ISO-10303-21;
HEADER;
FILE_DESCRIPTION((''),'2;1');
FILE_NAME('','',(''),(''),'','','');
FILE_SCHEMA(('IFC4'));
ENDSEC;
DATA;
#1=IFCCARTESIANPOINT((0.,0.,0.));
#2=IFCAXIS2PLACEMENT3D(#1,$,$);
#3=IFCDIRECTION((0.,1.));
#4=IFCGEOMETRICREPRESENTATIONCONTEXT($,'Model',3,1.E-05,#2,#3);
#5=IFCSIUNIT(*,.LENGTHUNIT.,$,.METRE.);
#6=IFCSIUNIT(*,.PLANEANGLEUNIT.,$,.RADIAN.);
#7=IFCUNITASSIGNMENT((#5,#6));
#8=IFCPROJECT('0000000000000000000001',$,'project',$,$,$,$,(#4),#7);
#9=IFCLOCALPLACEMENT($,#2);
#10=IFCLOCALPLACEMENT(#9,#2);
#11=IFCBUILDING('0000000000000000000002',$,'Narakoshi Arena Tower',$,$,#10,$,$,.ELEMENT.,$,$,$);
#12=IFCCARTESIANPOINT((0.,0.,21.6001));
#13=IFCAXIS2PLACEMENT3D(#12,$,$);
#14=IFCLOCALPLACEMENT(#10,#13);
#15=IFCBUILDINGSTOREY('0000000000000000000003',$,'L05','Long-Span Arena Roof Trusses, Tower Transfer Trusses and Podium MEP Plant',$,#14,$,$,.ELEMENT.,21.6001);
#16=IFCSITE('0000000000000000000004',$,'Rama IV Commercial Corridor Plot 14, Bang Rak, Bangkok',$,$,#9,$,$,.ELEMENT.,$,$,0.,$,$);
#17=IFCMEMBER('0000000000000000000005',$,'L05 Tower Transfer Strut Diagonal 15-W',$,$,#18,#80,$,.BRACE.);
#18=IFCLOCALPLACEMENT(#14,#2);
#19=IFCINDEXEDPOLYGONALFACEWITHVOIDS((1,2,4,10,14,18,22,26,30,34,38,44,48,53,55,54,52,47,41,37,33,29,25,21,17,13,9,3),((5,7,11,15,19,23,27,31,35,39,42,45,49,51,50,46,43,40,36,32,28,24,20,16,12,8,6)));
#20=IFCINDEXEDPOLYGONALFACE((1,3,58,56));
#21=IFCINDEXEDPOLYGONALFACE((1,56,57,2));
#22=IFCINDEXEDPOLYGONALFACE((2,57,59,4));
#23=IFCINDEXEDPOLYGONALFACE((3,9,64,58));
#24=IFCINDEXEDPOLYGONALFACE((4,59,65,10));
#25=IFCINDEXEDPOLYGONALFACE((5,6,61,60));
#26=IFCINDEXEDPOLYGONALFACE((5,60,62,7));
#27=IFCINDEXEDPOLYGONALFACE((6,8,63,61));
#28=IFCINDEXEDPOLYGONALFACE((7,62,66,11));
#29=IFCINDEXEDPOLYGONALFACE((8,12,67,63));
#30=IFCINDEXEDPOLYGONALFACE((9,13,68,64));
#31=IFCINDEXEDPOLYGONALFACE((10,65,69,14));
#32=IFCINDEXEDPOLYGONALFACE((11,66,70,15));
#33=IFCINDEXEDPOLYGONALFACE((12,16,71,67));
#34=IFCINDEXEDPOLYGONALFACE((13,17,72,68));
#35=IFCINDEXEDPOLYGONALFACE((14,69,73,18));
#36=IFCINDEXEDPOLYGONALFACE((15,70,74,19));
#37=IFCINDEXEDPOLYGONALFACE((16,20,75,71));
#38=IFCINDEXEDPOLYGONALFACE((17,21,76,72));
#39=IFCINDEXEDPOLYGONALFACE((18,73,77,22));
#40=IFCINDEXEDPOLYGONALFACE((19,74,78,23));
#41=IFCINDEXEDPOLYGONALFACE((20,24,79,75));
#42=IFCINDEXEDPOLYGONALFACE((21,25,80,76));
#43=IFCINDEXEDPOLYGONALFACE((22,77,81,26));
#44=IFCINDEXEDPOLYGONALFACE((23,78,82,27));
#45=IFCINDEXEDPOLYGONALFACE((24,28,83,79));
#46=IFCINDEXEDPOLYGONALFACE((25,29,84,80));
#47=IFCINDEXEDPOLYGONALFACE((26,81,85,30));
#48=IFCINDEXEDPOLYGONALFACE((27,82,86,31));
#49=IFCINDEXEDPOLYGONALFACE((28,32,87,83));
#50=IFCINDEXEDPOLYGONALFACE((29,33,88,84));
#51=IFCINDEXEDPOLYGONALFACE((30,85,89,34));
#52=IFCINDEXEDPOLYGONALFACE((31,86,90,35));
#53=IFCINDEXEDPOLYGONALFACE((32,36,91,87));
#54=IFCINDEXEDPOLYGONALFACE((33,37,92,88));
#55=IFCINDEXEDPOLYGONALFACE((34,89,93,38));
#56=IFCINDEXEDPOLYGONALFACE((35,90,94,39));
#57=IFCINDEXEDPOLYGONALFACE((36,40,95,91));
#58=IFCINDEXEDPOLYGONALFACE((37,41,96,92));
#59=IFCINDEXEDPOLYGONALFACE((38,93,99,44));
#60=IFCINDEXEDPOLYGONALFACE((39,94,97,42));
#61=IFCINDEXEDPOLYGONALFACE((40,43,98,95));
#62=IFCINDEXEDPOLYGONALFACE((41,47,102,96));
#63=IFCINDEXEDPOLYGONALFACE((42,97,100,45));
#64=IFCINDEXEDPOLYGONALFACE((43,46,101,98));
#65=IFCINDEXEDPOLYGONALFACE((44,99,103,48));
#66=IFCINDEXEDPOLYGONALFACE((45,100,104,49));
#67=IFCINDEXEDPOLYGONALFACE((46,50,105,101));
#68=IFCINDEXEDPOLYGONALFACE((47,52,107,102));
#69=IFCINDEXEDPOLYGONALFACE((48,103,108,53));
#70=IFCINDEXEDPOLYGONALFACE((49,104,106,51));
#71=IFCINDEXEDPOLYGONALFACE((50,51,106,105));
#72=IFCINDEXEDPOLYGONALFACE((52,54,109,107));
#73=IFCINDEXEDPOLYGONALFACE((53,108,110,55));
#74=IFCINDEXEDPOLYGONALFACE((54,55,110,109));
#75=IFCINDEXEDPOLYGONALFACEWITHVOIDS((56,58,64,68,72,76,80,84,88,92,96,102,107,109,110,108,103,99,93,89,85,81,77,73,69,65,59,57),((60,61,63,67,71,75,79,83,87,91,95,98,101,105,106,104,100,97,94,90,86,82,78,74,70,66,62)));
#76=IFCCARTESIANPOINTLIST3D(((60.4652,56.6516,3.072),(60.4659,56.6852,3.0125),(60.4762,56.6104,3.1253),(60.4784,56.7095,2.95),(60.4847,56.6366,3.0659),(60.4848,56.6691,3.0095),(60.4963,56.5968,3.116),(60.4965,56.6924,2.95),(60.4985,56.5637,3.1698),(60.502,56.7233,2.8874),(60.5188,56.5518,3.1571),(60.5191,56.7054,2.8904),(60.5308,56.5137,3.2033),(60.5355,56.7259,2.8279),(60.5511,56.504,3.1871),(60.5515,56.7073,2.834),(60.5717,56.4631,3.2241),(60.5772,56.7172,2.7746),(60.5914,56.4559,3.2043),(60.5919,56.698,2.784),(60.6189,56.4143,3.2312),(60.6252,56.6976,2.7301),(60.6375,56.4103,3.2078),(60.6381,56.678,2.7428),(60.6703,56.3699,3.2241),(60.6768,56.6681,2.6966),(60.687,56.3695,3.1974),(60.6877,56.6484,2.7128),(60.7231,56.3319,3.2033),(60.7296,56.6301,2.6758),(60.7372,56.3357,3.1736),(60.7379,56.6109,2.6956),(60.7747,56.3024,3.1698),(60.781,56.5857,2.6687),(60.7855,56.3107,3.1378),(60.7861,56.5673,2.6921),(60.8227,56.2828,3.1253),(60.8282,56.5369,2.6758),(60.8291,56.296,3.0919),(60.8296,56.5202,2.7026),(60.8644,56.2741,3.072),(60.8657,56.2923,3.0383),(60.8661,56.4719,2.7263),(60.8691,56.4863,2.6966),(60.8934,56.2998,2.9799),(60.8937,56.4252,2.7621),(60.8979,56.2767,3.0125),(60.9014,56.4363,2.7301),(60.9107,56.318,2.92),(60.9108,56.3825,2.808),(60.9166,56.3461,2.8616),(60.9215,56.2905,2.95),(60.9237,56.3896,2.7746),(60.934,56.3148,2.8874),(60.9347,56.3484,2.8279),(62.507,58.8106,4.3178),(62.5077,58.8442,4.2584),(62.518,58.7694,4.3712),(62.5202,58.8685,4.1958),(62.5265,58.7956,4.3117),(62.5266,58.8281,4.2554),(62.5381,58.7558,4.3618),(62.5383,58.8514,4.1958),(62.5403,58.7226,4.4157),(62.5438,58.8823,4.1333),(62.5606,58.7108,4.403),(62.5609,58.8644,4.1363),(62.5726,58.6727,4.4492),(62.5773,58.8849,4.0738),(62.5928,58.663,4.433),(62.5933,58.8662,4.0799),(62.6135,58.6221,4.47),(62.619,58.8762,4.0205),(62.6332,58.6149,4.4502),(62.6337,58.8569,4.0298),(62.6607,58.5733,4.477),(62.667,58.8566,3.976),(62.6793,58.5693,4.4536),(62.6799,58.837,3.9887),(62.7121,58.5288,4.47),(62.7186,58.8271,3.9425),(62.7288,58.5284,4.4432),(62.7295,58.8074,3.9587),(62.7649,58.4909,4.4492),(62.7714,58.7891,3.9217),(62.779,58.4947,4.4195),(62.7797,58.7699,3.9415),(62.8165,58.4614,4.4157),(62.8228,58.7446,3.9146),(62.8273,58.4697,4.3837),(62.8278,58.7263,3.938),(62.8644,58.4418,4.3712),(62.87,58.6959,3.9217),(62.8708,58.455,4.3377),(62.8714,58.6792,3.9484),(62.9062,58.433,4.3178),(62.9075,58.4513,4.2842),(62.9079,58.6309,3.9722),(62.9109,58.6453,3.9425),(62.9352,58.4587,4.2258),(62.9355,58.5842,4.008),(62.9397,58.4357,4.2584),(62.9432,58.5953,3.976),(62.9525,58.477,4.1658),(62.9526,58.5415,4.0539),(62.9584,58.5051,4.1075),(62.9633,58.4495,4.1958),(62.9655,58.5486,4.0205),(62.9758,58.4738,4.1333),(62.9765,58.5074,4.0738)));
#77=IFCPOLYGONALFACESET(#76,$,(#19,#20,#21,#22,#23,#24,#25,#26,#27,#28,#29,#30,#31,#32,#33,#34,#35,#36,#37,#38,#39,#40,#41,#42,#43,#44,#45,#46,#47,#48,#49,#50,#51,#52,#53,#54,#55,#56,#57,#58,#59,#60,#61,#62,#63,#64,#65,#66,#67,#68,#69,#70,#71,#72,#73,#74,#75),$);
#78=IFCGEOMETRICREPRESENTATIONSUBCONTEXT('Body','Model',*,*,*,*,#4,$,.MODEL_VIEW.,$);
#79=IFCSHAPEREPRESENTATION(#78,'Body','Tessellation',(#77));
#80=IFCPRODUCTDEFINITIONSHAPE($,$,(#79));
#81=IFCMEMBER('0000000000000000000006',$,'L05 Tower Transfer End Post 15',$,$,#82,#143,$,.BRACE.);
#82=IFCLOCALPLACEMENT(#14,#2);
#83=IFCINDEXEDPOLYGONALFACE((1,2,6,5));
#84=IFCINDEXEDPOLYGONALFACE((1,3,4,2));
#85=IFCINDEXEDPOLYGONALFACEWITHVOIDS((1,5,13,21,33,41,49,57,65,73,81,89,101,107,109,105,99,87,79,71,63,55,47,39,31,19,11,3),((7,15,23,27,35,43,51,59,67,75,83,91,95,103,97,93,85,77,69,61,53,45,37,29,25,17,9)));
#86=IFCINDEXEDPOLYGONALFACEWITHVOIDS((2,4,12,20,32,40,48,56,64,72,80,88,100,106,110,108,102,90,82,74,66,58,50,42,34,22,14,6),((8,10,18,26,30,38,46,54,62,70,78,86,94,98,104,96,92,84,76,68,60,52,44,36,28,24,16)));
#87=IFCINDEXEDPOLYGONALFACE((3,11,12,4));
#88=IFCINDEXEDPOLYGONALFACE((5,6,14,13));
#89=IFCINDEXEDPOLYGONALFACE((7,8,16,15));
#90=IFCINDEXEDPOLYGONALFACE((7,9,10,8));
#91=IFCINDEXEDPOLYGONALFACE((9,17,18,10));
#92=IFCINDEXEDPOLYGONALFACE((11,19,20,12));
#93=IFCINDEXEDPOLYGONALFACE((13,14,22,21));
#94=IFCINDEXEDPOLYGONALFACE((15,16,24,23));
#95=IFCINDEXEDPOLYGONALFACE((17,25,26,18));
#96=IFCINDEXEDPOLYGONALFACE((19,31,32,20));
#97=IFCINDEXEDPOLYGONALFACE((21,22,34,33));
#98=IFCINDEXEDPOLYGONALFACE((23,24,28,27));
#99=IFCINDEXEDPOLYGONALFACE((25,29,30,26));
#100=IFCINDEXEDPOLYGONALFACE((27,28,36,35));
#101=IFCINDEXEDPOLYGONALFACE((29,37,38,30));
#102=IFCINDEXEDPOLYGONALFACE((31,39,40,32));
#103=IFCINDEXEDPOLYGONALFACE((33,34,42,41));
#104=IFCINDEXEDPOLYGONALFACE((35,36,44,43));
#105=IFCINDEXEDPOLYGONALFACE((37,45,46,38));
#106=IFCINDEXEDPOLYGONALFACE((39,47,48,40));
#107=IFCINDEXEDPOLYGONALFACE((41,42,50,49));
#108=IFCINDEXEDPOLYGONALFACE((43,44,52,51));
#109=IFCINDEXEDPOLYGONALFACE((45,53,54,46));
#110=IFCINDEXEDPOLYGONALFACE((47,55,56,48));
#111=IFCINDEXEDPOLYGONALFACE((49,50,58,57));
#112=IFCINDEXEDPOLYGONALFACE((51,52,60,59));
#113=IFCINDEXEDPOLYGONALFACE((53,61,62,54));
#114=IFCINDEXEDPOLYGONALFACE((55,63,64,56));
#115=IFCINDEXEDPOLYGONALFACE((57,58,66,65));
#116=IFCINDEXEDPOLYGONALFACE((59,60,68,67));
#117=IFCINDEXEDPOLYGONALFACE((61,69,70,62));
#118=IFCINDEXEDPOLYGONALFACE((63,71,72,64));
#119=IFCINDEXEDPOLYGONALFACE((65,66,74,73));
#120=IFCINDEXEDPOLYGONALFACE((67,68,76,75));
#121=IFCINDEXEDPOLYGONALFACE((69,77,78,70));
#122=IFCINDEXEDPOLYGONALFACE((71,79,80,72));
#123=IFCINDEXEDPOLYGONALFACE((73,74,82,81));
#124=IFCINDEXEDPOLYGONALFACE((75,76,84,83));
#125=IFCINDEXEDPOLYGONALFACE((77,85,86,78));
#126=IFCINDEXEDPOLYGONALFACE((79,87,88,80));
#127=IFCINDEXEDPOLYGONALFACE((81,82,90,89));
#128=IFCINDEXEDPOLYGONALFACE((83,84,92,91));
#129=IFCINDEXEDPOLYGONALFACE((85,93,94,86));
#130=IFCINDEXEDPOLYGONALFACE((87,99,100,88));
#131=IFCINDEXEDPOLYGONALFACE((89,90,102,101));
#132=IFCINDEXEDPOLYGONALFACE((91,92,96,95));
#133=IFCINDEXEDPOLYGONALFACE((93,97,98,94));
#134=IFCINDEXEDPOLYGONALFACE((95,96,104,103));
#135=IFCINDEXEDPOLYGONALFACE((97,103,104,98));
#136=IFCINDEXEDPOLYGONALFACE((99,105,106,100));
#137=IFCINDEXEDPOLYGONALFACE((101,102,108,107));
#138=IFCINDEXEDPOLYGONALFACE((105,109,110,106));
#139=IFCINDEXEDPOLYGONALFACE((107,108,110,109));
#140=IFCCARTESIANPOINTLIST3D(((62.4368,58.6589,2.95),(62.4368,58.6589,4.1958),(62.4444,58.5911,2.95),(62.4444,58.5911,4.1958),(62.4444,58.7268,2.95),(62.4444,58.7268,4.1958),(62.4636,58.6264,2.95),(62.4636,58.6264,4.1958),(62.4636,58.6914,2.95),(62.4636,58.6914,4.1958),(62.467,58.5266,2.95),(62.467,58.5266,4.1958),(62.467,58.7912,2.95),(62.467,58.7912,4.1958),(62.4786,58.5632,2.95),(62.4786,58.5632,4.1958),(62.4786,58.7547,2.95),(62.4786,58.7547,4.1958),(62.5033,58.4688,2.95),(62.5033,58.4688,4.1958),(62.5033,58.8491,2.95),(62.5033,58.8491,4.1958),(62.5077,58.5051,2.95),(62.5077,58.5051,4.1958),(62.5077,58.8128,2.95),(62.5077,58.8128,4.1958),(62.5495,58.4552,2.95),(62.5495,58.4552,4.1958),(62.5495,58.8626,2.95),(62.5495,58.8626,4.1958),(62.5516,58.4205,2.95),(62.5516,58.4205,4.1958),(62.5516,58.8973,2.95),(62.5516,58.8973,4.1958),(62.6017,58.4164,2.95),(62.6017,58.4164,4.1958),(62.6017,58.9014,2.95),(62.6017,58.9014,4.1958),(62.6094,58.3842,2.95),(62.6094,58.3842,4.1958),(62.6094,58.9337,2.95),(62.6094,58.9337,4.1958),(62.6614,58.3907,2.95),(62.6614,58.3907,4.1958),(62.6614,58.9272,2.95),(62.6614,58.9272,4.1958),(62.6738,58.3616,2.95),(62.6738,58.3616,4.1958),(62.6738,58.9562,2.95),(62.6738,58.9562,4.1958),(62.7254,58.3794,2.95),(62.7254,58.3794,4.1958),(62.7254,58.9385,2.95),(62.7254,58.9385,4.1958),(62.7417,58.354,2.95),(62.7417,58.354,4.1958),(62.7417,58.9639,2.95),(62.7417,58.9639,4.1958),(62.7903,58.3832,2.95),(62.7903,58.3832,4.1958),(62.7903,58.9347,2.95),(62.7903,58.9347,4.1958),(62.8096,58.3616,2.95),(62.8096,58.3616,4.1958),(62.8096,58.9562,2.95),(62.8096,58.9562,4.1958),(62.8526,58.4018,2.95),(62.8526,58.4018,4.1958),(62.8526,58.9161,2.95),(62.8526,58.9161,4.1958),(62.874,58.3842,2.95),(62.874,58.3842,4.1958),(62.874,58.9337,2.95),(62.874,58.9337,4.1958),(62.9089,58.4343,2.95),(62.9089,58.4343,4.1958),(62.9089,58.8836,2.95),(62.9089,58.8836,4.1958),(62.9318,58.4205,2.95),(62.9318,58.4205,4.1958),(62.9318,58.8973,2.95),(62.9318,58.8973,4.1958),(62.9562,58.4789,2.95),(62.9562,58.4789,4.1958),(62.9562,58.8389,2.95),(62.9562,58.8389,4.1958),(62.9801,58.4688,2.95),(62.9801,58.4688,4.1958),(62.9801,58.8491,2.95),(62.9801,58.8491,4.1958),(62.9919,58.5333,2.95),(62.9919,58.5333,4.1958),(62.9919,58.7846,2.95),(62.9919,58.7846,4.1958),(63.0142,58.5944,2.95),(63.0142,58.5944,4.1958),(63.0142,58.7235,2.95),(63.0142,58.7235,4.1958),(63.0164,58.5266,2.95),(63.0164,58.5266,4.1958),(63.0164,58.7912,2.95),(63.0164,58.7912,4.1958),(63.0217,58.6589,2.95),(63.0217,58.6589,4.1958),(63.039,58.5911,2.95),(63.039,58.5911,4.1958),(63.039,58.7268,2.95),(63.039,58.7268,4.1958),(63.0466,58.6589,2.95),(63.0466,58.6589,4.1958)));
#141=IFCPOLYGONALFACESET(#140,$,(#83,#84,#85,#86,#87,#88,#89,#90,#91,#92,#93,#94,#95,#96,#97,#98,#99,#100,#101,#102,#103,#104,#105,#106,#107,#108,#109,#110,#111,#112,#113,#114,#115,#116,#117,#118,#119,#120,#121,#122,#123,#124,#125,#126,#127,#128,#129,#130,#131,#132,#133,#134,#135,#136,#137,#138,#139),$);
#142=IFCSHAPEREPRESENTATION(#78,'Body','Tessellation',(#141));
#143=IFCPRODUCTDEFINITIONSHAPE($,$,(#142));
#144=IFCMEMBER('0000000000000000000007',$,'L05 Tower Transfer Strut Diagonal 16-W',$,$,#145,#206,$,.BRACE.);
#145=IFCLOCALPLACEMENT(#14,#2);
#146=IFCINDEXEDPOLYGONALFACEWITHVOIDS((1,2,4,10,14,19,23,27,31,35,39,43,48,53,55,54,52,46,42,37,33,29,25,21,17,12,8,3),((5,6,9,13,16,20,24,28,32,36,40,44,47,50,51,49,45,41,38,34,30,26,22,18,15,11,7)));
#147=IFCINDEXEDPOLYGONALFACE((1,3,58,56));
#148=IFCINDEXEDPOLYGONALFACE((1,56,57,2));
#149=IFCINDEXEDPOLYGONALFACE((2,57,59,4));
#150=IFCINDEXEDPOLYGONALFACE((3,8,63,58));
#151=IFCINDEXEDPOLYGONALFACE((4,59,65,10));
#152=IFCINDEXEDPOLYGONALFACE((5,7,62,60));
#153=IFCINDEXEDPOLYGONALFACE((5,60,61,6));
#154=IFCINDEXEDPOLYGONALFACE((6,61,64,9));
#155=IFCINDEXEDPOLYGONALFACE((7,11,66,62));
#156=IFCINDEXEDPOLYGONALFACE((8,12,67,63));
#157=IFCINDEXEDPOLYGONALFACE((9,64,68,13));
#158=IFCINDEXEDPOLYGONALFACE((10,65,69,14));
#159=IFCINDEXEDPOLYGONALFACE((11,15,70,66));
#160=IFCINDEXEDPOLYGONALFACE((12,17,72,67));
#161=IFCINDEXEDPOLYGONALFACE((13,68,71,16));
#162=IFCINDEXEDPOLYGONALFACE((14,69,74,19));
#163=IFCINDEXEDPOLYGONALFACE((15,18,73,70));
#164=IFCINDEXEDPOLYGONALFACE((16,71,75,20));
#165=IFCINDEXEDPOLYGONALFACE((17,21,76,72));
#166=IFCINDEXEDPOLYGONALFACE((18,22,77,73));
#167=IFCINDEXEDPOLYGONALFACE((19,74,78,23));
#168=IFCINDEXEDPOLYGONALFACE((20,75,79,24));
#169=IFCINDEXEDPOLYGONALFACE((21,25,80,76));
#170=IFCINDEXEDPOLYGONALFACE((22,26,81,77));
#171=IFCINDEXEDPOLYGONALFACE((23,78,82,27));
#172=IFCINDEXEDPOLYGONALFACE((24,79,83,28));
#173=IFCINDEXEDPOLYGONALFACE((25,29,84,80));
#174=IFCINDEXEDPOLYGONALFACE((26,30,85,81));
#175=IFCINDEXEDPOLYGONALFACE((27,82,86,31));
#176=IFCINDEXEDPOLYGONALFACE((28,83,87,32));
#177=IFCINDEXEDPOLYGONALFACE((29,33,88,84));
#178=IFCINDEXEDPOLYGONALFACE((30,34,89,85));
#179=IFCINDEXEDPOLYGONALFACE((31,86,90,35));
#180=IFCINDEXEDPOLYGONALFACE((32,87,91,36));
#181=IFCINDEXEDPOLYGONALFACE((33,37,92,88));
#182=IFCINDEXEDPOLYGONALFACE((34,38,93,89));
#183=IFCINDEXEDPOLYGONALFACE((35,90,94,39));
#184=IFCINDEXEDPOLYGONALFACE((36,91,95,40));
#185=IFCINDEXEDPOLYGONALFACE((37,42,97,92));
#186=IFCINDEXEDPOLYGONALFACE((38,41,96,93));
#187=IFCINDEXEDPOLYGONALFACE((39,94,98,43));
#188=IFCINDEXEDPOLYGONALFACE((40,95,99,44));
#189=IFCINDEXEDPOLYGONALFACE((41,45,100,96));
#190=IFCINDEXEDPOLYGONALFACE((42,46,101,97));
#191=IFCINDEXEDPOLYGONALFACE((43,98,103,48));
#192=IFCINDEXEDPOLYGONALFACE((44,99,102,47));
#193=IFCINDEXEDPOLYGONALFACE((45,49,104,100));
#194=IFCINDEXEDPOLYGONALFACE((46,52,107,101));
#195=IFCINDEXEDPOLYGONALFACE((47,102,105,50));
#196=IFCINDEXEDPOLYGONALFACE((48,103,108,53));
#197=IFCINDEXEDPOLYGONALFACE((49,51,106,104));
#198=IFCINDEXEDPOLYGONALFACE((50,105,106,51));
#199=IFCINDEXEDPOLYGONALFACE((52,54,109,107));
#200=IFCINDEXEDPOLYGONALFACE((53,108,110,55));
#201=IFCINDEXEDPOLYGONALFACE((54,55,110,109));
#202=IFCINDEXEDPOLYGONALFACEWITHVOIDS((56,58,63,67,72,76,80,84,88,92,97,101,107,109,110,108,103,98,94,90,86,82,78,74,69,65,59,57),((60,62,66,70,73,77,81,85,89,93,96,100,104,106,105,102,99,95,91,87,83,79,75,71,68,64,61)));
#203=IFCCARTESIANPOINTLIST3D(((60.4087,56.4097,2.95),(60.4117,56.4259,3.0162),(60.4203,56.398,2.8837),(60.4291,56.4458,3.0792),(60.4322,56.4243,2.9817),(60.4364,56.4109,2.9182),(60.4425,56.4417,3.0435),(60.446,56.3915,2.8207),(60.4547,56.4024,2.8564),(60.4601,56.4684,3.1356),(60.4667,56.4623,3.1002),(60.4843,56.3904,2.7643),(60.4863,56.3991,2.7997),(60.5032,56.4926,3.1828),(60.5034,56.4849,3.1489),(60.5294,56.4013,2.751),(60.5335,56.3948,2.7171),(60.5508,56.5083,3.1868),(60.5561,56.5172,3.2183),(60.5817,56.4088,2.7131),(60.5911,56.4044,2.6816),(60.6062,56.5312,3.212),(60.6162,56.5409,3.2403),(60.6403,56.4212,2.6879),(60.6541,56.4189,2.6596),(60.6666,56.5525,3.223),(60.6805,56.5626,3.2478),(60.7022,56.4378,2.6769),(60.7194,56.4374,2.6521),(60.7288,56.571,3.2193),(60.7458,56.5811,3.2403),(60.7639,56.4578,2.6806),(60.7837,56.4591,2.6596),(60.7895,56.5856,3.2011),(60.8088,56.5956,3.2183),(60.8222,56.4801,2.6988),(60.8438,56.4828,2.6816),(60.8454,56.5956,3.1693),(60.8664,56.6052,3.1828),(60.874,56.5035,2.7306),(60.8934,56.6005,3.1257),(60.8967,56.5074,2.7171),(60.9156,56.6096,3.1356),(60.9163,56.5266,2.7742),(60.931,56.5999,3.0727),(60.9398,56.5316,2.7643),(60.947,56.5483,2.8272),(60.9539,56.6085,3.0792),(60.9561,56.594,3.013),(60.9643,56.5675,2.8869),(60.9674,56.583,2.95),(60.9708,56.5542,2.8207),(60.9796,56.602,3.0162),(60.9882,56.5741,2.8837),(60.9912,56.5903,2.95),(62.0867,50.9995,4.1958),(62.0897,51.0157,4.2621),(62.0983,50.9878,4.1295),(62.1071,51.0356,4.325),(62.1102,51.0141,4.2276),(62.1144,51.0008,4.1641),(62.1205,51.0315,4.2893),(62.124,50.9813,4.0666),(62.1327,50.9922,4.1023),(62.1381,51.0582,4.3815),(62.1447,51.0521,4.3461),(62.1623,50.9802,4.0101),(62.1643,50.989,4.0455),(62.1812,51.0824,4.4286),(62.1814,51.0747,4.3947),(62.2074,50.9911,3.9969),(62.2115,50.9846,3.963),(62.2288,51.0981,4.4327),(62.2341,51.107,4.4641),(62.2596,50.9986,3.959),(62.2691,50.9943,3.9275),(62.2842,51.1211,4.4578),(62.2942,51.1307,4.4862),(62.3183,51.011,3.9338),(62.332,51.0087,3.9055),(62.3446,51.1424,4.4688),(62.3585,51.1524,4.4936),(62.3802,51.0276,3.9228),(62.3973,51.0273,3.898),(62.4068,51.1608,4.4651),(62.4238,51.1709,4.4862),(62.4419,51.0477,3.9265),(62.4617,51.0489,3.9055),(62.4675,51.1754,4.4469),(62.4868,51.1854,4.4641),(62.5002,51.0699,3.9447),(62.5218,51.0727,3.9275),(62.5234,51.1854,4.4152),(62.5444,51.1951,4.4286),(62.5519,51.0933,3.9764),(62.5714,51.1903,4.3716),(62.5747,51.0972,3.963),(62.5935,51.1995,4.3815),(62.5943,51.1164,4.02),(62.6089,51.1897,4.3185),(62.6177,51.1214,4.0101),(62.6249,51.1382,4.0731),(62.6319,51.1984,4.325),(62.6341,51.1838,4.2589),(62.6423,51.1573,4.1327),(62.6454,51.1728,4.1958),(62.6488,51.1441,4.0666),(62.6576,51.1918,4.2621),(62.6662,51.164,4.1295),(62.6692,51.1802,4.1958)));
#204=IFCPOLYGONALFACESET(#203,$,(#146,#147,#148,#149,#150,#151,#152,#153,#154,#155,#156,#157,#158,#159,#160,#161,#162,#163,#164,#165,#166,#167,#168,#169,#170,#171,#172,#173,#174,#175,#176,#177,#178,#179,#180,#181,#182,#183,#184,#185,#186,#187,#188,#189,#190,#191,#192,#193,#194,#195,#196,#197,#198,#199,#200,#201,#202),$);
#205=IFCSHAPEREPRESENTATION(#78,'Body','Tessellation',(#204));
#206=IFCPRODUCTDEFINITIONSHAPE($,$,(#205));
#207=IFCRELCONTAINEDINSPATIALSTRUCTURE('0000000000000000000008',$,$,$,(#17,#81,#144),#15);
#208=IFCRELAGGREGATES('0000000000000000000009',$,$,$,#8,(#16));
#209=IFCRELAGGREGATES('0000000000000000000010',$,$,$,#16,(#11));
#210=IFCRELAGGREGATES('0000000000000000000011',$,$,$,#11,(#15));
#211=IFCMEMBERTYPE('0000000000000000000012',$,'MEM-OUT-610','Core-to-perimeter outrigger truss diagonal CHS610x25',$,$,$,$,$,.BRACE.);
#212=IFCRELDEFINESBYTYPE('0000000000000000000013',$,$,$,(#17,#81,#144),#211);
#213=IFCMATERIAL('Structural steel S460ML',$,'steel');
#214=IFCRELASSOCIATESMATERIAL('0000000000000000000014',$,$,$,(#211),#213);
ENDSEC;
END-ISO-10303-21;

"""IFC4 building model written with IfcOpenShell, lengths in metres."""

from ifc_helpers import new_model, si_unit, direction, frame, origin, origin_2d, place, context, subcontext, project, spatial, hollow_circle, extrude, material, material_profile, profile_set, type_object, element, save


model = new_model("IFC4")

# Units and contexts
model_context = context("Model", 3, precision=1e-05, world=origin(), true_north=direction((0.0, 1.0)))
body_context = subcontext(model_context, "Body", "Model", "MODEL_VIEW")
ifc_project = project(units=[si_unit("LENGTHUNIT", "METRE"), si_unit("PLANEANGLEUNIT", "RADIAN")], contexts=[model_context])

# Site, building, storey
site_placement = place(None, origin())
site = spatial("IfcSite", under=ifc_project, at=site_placement, Name="Rama IV Commercial Corridor Plot 14, Bang Rak, Bangkok", CompositionType="ELEMENT", RefElevation=0.0)
building_placement = place(site_placement, origin())
building = spatial("IfcBuilding", under=site, at=building_placement, Name="Narakoshi Arena Tower", CompositionType="ELEMENT")
storey_placement = place(building_placement, frame((0.0, 0.0, 21.6001)))
storey = spatial("IfcBuildingStorey", under=building, at=storey_placement, Name="L05", Description="Long-Span Arena Roof Trusses, Tower Transfer Trusses and Podium MEP Plant", CompositionType="ELEMENT", Elevation=21.6001)

# Shared definitions
ifc_material_1 = material(Name="Structural steel S460ML", Category="steel")

# Members
ifc_material_profile_1 = material_profile(ifc_material_1, hollow_circle(Radius=0.3049, WallThickness=0.0249, at=origin_2d()), Name="CHS610x25")
ifc_profile_set_1 = profile_set([ifc_material_profile_1], Name="Structural steel S460ML")
member_type = type_object("IfcMemberType", Name="MEM-OUT-610", Description="Core-to-perimeter outrigger truss diagonal CHS610x25", PredefinedType="BRACE", material=ifc_profile_set_1)
member_1_placement = place(storey_placement, frame((60.7, 56.5, 2.95), z_axis=(0.633671, 0.670041, 0.386659), x_axis=(-0.72655, 0.687113, 0.0)))
element("IfcMember", 1, at=member_1_placement, inside=storey, type_object=member_type, Name="L05 Tower Transfer Strut Diagonal 15-W", PredefinedType="BRACE", context=body_context, shape_type="SweptSolid", body=[
    extrude(hollow_circle(Radius=0.3049, WallThickness=0.0249, at=origin_2d()), origin(), (0.0, 0.0, 1.0), 3.2222),
])
member_2_placement = place(storey_placement, frame((62.7417, 58.6589, 2.95), z_axis=(0.0, 0.0, 1.0), x_axis=(1.0, 0.0, 0.0)))
element("IfcMember", 2, at=member_2_placement, inside=storey, type_object=member_type, Name="L05 Tower Transfer End Post 15", PredefinedType="BRACE", context=body_context, shape_type="SweptSolid", body=[
    extrude(hollow_circle(Radius=0.3049, WallThickness=0.0249, at=origin_2d()), origin(), (0.0, 0.0, 1.0), 1.2458),
])
member_3_placement = place(storey_placement, frame((60.7, 56.5, 2.95), z_axis=(0.289317, -0.93282, 0.214809), x_axis=(0.955116, 0.296232, 0.0)))
element("IfcMember", 3, at=member_3_placement, inside=storey, type_object=member_type, Name="L05 Tower Transfer Strut Diagonal 16-W", PredefinedType="BRACE", context=body_context, shape_type="SweptSolid", body=[
    extrude(hollow_circle(Radius=0.3049, WallThickness=0.0249, at=origin_2d()), origin(), (0.0, 0.0, 1.0), 5.7998),
])

save(model, "model.ifc")
